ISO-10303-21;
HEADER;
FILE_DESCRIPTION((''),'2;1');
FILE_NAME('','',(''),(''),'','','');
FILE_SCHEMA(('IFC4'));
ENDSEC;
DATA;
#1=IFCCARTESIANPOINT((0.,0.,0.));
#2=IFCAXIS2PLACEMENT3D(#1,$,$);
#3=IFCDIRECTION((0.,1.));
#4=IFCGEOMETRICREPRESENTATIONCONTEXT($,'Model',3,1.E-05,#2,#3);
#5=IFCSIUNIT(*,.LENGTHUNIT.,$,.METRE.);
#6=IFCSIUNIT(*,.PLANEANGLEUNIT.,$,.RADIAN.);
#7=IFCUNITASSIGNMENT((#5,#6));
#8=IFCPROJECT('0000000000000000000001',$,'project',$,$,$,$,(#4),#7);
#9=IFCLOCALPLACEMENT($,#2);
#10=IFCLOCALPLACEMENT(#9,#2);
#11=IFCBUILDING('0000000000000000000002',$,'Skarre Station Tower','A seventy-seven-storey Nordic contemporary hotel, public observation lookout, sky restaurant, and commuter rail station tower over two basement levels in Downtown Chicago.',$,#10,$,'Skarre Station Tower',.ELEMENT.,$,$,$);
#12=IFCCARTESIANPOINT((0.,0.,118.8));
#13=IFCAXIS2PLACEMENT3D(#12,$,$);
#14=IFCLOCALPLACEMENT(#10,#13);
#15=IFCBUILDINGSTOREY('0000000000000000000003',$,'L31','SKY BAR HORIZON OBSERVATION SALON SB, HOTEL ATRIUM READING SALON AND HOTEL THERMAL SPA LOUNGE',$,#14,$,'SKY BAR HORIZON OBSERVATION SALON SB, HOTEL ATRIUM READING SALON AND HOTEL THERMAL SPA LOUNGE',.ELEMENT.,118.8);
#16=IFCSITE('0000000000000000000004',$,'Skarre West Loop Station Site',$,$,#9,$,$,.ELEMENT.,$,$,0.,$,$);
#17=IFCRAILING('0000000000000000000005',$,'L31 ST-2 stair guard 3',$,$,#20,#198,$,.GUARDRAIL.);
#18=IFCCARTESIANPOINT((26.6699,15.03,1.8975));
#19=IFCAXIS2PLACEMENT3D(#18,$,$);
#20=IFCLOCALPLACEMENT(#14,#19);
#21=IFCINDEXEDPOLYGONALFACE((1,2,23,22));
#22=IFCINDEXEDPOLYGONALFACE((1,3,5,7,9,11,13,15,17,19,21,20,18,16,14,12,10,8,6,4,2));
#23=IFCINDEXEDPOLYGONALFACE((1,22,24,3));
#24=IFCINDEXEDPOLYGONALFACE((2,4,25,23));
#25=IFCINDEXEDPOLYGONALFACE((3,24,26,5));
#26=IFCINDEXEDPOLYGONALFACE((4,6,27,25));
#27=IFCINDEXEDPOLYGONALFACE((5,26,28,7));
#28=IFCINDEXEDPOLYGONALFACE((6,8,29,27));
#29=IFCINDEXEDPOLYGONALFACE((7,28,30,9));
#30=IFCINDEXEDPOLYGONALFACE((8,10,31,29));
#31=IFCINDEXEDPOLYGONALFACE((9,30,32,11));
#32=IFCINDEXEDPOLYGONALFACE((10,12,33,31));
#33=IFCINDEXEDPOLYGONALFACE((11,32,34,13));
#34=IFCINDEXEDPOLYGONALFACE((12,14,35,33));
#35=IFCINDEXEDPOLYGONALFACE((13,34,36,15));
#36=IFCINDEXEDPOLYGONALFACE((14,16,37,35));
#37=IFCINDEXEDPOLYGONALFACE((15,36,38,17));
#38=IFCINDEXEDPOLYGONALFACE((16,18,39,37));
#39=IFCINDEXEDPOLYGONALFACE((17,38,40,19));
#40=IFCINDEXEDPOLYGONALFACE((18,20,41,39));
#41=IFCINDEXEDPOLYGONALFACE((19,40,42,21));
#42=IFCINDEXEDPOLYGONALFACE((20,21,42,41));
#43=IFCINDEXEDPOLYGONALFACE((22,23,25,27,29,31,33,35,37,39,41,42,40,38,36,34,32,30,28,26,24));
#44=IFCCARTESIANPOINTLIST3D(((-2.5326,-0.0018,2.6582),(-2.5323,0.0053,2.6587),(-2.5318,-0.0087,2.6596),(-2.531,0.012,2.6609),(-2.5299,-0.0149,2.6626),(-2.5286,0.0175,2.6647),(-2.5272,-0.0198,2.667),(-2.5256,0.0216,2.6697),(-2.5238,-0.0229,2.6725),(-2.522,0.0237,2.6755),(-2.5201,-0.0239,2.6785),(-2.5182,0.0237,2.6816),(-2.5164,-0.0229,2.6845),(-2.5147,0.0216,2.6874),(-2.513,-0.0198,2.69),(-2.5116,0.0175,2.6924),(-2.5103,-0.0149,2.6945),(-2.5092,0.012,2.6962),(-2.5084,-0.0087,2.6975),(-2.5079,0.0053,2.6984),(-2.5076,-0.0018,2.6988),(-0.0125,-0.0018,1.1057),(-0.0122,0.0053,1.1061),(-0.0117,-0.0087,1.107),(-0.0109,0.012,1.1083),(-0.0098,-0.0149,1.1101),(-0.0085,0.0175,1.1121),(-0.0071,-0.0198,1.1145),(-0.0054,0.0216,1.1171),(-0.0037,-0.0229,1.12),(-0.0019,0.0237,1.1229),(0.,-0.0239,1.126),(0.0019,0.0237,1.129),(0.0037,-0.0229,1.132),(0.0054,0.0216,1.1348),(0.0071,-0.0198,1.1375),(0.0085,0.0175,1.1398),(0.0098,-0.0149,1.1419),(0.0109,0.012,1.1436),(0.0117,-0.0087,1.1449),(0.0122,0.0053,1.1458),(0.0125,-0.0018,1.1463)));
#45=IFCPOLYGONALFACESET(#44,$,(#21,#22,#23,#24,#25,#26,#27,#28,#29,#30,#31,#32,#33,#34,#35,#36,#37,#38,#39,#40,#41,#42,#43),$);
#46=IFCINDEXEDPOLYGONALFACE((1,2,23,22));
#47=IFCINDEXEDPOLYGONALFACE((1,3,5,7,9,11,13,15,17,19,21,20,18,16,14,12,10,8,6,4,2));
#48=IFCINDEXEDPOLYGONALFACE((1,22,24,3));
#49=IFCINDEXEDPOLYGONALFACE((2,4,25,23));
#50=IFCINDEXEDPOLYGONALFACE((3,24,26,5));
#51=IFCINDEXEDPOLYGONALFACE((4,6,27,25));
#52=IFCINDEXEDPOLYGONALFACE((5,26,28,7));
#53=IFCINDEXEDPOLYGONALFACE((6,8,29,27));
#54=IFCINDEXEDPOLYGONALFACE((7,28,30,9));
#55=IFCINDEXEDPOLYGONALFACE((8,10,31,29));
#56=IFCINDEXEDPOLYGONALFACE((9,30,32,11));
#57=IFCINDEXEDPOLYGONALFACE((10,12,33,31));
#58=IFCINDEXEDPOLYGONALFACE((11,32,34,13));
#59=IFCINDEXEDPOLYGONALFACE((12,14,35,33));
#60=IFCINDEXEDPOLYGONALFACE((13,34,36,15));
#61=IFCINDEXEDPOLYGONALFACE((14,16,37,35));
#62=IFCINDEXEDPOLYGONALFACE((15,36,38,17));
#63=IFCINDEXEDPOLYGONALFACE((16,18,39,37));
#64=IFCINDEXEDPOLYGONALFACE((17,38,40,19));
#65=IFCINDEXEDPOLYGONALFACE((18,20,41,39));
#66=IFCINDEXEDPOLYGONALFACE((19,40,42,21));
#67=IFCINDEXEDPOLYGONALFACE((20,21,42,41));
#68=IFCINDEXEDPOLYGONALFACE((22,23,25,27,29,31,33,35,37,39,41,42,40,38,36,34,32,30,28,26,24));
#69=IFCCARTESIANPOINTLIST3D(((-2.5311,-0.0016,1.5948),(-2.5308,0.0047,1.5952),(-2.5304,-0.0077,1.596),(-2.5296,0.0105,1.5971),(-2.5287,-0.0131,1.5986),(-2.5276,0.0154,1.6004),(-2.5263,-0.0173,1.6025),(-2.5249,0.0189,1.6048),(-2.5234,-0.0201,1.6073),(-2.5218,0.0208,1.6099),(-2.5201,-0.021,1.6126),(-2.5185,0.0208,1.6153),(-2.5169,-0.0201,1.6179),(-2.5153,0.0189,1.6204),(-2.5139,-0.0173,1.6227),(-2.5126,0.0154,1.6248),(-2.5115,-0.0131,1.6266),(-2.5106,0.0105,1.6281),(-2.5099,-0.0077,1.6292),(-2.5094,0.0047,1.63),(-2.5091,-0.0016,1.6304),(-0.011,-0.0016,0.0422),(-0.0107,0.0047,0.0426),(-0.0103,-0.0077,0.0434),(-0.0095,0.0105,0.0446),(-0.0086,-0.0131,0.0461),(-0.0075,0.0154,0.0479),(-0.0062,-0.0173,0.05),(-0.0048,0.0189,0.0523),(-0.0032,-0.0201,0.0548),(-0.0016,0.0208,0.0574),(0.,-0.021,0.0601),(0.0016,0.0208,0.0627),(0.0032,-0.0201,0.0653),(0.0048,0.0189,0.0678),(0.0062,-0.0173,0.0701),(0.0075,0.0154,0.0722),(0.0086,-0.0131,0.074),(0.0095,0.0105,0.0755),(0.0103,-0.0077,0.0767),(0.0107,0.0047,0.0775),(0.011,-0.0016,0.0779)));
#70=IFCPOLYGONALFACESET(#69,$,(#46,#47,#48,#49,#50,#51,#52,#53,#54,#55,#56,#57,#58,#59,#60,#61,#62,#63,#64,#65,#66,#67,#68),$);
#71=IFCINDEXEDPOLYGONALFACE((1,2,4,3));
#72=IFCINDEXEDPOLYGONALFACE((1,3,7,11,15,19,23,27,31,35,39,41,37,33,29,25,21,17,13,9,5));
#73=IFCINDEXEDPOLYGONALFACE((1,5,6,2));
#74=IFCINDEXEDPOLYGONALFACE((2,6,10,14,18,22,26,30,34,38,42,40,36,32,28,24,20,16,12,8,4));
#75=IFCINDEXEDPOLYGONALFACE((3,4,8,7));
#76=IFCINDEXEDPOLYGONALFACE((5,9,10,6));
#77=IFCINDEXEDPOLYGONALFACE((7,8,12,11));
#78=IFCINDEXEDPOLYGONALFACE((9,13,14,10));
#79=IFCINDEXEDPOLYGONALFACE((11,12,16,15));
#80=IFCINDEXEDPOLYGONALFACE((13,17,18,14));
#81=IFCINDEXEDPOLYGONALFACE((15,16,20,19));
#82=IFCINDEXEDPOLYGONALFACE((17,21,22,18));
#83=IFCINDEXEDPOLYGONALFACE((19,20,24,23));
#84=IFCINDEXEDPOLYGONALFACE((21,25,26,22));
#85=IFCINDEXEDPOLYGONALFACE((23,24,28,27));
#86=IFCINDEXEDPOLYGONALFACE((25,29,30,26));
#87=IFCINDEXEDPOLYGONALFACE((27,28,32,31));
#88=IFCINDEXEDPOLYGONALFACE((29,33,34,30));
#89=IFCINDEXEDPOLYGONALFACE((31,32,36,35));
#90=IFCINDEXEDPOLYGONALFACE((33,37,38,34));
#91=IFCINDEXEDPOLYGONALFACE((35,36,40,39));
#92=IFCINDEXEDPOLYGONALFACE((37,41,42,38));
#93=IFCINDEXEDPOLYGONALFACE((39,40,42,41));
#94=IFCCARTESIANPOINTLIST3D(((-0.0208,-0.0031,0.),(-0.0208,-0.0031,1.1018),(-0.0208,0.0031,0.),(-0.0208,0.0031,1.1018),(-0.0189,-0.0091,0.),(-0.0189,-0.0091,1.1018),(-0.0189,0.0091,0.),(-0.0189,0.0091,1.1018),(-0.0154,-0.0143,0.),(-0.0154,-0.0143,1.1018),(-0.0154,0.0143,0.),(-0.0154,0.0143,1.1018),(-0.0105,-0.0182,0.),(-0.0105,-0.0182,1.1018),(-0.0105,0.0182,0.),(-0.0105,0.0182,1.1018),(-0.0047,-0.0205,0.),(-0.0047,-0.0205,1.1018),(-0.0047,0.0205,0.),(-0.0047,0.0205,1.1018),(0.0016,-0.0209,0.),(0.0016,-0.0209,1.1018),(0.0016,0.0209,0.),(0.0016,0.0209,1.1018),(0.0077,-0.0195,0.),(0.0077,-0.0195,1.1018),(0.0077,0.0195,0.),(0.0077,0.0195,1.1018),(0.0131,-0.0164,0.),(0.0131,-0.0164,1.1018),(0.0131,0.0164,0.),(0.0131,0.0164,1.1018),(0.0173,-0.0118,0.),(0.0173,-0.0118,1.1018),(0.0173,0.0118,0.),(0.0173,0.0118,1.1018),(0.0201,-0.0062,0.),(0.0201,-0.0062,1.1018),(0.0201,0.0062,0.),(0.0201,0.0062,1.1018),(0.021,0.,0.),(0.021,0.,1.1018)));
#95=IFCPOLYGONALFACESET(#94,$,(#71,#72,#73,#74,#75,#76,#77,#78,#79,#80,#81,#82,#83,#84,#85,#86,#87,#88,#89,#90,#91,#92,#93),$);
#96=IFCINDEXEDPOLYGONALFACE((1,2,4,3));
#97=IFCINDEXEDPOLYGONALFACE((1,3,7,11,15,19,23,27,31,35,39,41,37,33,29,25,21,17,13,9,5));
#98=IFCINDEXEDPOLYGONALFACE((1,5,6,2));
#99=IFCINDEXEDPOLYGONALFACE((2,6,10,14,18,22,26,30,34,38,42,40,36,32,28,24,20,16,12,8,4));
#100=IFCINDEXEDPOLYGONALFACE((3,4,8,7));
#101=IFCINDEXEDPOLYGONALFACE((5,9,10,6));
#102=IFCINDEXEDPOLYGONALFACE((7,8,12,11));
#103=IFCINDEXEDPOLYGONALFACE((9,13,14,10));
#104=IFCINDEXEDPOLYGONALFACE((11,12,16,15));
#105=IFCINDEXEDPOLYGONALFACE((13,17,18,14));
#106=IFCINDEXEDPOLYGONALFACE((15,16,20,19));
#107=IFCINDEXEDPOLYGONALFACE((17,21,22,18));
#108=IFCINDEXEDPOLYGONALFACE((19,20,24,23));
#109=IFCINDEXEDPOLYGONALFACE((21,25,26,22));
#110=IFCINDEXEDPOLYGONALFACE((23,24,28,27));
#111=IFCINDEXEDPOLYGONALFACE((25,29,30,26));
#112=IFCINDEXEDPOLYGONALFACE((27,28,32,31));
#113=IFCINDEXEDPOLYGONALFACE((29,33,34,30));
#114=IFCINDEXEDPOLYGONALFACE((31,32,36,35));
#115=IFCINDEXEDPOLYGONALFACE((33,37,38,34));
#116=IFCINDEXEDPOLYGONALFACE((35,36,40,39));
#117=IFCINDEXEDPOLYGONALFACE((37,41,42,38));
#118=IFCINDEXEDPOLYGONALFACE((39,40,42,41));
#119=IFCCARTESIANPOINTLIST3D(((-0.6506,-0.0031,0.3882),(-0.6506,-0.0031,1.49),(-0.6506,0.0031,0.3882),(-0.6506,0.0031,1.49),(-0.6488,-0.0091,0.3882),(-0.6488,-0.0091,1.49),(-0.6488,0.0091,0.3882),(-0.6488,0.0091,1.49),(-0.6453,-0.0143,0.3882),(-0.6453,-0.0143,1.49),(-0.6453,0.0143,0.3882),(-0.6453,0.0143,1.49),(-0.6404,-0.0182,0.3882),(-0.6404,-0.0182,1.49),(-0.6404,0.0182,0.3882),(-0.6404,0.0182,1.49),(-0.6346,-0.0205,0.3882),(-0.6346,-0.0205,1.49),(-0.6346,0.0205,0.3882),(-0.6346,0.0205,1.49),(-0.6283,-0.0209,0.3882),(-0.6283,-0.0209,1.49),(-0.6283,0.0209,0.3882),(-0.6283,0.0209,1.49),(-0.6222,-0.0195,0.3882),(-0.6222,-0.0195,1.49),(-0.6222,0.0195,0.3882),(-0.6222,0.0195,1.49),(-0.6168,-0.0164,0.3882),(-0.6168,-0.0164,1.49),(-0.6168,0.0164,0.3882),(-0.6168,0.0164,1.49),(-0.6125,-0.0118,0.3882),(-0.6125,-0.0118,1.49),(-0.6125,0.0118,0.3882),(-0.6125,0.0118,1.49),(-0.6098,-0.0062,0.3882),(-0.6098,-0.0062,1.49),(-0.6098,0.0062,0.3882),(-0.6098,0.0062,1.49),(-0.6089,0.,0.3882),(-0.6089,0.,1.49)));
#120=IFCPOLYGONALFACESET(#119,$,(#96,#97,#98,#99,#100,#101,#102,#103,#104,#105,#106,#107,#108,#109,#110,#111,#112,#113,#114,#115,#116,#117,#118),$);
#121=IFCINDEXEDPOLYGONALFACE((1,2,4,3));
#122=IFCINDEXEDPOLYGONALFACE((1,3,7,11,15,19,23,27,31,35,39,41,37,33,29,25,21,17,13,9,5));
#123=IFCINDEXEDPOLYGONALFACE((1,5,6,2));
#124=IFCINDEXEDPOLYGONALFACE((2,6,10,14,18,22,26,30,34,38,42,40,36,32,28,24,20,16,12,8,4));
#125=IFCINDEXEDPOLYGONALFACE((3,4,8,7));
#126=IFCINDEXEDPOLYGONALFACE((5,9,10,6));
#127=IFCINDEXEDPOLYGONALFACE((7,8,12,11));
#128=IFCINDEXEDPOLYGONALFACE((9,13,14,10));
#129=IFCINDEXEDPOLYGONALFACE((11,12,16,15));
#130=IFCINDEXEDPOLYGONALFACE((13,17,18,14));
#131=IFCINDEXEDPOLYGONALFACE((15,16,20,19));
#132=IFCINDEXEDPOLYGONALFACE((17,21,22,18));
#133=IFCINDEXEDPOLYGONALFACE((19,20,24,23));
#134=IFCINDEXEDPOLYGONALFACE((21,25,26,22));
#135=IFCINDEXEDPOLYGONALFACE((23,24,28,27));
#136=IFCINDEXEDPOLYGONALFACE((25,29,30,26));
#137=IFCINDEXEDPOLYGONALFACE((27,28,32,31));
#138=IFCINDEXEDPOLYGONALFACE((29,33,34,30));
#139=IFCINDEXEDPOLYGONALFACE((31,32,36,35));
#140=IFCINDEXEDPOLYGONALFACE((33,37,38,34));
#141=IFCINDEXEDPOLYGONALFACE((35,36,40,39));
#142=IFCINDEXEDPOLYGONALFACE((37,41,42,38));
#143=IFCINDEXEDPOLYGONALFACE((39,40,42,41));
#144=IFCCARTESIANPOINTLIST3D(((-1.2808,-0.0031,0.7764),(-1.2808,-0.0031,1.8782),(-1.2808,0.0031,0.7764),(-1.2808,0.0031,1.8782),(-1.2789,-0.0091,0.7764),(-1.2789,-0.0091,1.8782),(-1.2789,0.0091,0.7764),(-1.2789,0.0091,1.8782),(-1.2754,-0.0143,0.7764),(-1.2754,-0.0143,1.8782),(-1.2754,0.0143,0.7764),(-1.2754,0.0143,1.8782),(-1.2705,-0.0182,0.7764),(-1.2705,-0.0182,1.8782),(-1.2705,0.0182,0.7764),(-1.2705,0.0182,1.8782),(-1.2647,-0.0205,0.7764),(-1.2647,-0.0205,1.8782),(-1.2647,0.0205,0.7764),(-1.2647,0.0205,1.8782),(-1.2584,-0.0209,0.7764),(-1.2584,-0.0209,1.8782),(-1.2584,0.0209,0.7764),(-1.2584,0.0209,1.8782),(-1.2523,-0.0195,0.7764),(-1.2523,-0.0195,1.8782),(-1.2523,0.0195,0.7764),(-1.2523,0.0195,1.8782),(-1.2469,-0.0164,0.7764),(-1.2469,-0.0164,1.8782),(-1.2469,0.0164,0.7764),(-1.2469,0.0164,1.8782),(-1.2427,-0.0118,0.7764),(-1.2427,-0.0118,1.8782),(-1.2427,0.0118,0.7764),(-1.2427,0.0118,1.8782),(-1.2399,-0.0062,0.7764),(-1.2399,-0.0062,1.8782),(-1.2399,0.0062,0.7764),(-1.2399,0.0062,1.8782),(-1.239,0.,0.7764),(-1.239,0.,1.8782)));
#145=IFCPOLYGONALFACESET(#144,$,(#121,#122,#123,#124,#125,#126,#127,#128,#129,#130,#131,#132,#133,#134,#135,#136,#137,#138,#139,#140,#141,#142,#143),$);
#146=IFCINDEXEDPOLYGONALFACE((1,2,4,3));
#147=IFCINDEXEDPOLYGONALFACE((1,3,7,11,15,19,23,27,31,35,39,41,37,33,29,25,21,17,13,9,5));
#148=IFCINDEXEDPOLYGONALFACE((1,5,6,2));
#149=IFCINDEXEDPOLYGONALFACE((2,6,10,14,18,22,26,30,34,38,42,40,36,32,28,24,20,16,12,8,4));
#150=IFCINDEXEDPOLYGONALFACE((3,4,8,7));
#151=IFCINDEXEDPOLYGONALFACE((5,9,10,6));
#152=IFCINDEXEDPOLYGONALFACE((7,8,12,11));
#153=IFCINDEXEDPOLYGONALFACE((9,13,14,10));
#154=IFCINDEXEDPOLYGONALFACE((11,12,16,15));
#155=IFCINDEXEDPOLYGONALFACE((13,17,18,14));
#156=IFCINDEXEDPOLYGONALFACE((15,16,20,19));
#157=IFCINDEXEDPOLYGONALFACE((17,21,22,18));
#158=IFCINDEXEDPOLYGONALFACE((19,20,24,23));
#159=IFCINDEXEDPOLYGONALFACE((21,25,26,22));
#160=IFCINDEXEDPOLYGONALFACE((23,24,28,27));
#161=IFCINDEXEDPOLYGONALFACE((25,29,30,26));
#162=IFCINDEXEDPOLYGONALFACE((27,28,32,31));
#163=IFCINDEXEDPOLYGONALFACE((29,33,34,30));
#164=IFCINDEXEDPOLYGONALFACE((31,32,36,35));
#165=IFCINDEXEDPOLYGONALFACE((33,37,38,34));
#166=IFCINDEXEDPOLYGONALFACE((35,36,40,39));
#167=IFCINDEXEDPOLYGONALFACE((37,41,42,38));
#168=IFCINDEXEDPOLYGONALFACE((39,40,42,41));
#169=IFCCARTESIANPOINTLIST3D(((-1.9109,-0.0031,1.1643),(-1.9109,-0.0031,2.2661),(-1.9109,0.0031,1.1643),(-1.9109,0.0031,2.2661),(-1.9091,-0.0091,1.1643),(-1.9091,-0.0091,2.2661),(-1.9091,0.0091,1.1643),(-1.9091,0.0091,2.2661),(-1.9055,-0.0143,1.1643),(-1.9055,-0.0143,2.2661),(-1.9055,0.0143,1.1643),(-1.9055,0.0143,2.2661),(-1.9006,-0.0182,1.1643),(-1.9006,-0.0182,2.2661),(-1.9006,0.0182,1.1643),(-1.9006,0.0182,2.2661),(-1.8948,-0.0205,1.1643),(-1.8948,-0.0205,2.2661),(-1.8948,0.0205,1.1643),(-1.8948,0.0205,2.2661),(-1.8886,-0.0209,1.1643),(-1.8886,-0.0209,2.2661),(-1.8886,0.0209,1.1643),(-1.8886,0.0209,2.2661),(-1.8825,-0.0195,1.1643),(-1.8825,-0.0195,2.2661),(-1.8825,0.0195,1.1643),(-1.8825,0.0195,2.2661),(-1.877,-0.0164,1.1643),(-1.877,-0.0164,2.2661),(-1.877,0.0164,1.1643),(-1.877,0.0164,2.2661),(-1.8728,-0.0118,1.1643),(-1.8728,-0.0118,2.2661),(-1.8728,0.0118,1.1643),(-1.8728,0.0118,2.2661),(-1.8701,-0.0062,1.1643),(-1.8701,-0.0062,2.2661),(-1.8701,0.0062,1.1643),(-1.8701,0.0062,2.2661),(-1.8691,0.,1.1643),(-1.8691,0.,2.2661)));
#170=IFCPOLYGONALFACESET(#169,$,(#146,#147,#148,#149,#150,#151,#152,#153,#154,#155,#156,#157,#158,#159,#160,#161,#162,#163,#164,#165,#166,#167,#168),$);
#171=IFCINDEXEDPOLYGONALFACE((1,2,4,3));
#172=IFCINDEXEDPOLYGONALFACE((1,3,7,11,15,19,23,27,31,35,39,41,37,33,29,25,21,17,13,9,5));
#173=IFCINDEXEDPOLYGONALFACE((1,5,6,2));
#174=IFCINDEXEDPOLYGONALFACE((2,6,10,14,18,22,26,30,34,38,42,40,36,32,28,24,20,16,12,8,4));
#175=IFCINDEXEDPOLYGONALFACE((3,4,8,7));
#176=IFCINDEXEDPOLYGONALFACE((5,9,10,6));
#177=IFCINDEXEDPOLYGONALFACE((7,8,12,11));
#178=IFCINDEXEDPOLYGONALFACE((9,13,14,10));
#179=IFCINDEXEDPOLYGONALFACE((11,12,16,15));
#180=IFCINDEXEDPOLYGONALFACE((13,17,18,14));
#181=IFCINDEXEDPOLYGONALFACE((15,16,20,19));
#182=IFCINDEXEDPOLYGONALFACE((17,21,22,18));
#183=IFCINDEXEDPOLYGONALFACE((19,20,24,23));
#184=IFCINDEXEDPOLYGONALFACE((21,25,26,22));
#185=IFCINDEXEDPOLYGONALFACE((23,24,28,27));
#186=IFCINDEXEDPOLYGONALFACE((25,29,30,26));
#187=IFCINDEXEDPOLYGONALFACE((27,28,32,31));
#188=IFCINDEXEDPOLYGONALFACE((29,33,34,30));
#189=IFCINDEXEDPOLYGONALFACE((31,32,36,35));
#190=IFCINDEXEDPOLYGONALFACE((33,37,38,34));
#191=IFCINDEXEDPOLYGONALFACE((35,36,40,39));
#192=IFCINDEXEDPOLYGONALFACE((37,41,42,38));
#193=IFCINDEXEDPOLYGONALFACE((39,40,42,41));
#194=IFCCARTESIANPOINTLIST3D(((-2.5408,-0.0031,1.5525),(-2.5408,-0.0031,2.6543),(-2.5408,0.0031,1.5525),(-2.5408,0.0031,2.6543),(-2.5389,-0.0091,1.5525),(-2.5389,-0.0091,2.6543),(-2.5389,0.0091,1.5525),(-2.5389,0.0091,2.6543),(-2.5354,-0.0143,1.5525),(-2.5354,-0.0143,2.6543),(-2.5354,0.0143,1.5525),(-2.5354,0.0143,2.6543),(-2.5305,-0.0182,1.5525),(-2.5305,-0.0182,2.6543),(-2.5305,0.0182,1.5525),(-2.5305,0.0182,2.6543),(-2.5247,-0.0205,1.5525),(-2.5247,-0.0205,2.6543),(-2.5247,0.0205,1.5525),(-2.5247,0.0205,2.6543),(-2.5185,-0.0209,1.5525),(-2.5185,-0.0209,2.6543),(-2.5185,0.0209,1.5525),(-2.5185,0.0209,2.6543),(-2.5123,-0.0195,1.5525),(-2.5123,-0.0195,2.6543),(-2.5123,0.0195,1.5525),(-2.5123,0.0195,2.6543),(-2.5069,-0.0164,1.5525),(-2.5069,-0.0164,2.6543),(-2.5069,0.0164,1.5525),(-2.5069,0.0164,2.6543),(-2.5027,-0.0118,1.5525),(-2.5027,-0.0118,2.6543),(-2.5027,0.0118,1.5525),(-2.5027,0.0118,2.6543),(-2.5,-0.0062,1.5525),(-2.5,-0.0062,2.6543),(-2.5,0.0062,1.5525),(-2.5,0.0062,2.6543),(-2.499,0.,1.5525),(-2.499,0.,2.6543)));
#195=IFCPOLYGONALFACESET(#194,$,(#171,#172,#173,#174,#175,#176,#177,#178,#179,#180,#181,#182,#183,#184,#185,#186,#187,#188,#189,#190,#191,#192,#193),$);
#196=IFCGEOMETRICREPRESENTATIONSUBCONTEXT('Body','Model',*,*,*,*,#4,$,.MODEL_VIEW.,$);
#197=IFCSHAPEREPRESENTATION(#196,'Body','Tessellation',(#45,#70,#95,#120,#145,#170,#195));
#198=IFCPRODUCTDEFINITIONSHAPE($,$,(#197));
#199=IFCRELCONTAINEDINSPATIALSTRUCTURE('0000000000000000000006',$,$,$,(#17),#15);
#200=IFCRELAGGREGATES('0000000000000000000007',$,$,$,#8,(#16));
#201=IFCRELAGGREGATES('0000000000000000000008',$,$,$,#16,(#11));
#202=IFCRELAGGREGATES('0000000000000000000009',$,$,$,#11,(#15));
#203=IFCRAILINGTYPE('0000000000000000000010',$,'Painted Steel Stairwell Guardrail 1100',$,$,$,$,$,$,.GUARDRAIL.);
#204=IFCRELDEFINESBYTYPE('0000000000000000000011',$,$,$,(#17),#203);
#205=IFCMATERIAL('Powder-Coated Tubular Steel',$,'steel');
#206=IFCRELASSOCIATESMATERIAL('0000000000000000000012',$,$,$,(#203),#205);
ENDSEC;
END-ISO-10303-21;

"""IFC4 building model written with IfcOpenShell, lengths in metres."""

from ifc_helpers import new_model, si_unit, direction, frame, origin, origin_2d, place, context, subcontext, project, spatial, circle, extrude, material, type_object, element, save


model = new_model("IFC4")

# Units and contexts
model_context = context("Model", 3, precision=1e-05, world=origin(), true_north=direction((0.0, 1.0)))
body_context = subcontext(model_context, "Body", "Model", "MODEL_VIEW")
ifc_project = project(units=[si_unit("LENGTHUNIT", "METRE"), si_unit("PLANEANGLEUNIT", "RADIAN")], contexts=[model_context])

# Site, building, storey
site_placement = place(None, origin())
site = spatial("IfcSite", under=ifc_project, at=site_placement, Name="Skarre West Loop Station Site", CompositionType="ELEMENT", RefElevation=0.0)
building_placement = place(site_placement, origin())
building = spatial("IfcBuilding", under=site, at=building_placement, Name="Skarre Station Tower", Description="A seventy-seven-storey Nordic contemporary hotel, public observation lookout, sky restaurant, and commuter rail station tower over two basement levels in Downtown Chicago.", LongName="Skarre Station Tower", CompositionType="ELEMENT")
storey_placement = place(building_placement, frame((0.0, 0.0, 118.8)))
storey = spatial("IfcBuildingStorey", under=building, at=storey_placement, Name="L31", Description="SKY BAR HORIZON OBSERVATION SALON SB, HOTEL ATRIUM READING SALON AND HOTEL THERMAL SPA LOUNGE", LongName="SKY BAR HORIZON OBSERVATION SALON SB, HOTEL ATRIUM READING SALON AND HOTEL THERMAL SPA LOUNGE", CompositionType="ELEMENT", Elevation=118.8)

# Railing
ifc_material_1 = material(Name="Powder-Coated Tubular Steel", Category="steel")
railing_type_1 = type_object("IfcRailingType", Name="Painted Steel Stairwell Guardrail 1100", PredefinedType="GUARDRAIL", material=ifc_material_1)
railing_1_placement = place(storey_placement, frame((26.6699, 15.03, 1.8975)))
element("IfcRailing", 1, at=railing_1_placement, inside=storey, type_object=railing_type_1, Name="L31 ST-2 stair guard 3", PredefinedType="GUARDRAIL", context=body_context, shape_type="SweptSolid", body=[
    extrude(circle(Radius=0.0239, at=origin_2d()), frame((0.0, 0.0, 1.126), z_axis=(-0.8514, 0.0, 0.524516), x_axis=(0.0, -1.0, 0.0)), (0.0, 0.0, 1.0), 2.96),
    extrude(circle(Radius=0.021, at=origin_2d()), frame((0.0, 0.0, 0.0601), z_axis=(-0.8514, 0.0, 0.524516), x_axis=(0.0, -1.0, 0.0)), (0.0, 0.0, 1.0), 2.96),
    extrude(circle(Radius=0.021, at=origin_2d()), origin(), (0.0, 0.0, 1.0), 1.1018),
    extrude(circle(Radius=0.021, at=origin_2d()), frame((-0.6299, 0.0, 0.3882)), (0.0, 0.0, 1.0), 1.1018),
    extrude(circle(Radius=0.021, at=origin_2d()), frame((-1.26, 0.0, 0.7764)), (0.0, 0.0, 1.0), 1.1018),
    extrude(circle(Radius=0.021, at=origin_2d()), frame((-1.8901, 0.0, 1.1643)), (0.0, 0.0, 1.0), 1.1018),
    extrude(circle(Radius=0.021, at=origin_2d()), frame((-2.52, 0.0, 1.5525)), (0.0, 0.0, 1.0), 1.1018),
])

save(model, "model.ifc")
